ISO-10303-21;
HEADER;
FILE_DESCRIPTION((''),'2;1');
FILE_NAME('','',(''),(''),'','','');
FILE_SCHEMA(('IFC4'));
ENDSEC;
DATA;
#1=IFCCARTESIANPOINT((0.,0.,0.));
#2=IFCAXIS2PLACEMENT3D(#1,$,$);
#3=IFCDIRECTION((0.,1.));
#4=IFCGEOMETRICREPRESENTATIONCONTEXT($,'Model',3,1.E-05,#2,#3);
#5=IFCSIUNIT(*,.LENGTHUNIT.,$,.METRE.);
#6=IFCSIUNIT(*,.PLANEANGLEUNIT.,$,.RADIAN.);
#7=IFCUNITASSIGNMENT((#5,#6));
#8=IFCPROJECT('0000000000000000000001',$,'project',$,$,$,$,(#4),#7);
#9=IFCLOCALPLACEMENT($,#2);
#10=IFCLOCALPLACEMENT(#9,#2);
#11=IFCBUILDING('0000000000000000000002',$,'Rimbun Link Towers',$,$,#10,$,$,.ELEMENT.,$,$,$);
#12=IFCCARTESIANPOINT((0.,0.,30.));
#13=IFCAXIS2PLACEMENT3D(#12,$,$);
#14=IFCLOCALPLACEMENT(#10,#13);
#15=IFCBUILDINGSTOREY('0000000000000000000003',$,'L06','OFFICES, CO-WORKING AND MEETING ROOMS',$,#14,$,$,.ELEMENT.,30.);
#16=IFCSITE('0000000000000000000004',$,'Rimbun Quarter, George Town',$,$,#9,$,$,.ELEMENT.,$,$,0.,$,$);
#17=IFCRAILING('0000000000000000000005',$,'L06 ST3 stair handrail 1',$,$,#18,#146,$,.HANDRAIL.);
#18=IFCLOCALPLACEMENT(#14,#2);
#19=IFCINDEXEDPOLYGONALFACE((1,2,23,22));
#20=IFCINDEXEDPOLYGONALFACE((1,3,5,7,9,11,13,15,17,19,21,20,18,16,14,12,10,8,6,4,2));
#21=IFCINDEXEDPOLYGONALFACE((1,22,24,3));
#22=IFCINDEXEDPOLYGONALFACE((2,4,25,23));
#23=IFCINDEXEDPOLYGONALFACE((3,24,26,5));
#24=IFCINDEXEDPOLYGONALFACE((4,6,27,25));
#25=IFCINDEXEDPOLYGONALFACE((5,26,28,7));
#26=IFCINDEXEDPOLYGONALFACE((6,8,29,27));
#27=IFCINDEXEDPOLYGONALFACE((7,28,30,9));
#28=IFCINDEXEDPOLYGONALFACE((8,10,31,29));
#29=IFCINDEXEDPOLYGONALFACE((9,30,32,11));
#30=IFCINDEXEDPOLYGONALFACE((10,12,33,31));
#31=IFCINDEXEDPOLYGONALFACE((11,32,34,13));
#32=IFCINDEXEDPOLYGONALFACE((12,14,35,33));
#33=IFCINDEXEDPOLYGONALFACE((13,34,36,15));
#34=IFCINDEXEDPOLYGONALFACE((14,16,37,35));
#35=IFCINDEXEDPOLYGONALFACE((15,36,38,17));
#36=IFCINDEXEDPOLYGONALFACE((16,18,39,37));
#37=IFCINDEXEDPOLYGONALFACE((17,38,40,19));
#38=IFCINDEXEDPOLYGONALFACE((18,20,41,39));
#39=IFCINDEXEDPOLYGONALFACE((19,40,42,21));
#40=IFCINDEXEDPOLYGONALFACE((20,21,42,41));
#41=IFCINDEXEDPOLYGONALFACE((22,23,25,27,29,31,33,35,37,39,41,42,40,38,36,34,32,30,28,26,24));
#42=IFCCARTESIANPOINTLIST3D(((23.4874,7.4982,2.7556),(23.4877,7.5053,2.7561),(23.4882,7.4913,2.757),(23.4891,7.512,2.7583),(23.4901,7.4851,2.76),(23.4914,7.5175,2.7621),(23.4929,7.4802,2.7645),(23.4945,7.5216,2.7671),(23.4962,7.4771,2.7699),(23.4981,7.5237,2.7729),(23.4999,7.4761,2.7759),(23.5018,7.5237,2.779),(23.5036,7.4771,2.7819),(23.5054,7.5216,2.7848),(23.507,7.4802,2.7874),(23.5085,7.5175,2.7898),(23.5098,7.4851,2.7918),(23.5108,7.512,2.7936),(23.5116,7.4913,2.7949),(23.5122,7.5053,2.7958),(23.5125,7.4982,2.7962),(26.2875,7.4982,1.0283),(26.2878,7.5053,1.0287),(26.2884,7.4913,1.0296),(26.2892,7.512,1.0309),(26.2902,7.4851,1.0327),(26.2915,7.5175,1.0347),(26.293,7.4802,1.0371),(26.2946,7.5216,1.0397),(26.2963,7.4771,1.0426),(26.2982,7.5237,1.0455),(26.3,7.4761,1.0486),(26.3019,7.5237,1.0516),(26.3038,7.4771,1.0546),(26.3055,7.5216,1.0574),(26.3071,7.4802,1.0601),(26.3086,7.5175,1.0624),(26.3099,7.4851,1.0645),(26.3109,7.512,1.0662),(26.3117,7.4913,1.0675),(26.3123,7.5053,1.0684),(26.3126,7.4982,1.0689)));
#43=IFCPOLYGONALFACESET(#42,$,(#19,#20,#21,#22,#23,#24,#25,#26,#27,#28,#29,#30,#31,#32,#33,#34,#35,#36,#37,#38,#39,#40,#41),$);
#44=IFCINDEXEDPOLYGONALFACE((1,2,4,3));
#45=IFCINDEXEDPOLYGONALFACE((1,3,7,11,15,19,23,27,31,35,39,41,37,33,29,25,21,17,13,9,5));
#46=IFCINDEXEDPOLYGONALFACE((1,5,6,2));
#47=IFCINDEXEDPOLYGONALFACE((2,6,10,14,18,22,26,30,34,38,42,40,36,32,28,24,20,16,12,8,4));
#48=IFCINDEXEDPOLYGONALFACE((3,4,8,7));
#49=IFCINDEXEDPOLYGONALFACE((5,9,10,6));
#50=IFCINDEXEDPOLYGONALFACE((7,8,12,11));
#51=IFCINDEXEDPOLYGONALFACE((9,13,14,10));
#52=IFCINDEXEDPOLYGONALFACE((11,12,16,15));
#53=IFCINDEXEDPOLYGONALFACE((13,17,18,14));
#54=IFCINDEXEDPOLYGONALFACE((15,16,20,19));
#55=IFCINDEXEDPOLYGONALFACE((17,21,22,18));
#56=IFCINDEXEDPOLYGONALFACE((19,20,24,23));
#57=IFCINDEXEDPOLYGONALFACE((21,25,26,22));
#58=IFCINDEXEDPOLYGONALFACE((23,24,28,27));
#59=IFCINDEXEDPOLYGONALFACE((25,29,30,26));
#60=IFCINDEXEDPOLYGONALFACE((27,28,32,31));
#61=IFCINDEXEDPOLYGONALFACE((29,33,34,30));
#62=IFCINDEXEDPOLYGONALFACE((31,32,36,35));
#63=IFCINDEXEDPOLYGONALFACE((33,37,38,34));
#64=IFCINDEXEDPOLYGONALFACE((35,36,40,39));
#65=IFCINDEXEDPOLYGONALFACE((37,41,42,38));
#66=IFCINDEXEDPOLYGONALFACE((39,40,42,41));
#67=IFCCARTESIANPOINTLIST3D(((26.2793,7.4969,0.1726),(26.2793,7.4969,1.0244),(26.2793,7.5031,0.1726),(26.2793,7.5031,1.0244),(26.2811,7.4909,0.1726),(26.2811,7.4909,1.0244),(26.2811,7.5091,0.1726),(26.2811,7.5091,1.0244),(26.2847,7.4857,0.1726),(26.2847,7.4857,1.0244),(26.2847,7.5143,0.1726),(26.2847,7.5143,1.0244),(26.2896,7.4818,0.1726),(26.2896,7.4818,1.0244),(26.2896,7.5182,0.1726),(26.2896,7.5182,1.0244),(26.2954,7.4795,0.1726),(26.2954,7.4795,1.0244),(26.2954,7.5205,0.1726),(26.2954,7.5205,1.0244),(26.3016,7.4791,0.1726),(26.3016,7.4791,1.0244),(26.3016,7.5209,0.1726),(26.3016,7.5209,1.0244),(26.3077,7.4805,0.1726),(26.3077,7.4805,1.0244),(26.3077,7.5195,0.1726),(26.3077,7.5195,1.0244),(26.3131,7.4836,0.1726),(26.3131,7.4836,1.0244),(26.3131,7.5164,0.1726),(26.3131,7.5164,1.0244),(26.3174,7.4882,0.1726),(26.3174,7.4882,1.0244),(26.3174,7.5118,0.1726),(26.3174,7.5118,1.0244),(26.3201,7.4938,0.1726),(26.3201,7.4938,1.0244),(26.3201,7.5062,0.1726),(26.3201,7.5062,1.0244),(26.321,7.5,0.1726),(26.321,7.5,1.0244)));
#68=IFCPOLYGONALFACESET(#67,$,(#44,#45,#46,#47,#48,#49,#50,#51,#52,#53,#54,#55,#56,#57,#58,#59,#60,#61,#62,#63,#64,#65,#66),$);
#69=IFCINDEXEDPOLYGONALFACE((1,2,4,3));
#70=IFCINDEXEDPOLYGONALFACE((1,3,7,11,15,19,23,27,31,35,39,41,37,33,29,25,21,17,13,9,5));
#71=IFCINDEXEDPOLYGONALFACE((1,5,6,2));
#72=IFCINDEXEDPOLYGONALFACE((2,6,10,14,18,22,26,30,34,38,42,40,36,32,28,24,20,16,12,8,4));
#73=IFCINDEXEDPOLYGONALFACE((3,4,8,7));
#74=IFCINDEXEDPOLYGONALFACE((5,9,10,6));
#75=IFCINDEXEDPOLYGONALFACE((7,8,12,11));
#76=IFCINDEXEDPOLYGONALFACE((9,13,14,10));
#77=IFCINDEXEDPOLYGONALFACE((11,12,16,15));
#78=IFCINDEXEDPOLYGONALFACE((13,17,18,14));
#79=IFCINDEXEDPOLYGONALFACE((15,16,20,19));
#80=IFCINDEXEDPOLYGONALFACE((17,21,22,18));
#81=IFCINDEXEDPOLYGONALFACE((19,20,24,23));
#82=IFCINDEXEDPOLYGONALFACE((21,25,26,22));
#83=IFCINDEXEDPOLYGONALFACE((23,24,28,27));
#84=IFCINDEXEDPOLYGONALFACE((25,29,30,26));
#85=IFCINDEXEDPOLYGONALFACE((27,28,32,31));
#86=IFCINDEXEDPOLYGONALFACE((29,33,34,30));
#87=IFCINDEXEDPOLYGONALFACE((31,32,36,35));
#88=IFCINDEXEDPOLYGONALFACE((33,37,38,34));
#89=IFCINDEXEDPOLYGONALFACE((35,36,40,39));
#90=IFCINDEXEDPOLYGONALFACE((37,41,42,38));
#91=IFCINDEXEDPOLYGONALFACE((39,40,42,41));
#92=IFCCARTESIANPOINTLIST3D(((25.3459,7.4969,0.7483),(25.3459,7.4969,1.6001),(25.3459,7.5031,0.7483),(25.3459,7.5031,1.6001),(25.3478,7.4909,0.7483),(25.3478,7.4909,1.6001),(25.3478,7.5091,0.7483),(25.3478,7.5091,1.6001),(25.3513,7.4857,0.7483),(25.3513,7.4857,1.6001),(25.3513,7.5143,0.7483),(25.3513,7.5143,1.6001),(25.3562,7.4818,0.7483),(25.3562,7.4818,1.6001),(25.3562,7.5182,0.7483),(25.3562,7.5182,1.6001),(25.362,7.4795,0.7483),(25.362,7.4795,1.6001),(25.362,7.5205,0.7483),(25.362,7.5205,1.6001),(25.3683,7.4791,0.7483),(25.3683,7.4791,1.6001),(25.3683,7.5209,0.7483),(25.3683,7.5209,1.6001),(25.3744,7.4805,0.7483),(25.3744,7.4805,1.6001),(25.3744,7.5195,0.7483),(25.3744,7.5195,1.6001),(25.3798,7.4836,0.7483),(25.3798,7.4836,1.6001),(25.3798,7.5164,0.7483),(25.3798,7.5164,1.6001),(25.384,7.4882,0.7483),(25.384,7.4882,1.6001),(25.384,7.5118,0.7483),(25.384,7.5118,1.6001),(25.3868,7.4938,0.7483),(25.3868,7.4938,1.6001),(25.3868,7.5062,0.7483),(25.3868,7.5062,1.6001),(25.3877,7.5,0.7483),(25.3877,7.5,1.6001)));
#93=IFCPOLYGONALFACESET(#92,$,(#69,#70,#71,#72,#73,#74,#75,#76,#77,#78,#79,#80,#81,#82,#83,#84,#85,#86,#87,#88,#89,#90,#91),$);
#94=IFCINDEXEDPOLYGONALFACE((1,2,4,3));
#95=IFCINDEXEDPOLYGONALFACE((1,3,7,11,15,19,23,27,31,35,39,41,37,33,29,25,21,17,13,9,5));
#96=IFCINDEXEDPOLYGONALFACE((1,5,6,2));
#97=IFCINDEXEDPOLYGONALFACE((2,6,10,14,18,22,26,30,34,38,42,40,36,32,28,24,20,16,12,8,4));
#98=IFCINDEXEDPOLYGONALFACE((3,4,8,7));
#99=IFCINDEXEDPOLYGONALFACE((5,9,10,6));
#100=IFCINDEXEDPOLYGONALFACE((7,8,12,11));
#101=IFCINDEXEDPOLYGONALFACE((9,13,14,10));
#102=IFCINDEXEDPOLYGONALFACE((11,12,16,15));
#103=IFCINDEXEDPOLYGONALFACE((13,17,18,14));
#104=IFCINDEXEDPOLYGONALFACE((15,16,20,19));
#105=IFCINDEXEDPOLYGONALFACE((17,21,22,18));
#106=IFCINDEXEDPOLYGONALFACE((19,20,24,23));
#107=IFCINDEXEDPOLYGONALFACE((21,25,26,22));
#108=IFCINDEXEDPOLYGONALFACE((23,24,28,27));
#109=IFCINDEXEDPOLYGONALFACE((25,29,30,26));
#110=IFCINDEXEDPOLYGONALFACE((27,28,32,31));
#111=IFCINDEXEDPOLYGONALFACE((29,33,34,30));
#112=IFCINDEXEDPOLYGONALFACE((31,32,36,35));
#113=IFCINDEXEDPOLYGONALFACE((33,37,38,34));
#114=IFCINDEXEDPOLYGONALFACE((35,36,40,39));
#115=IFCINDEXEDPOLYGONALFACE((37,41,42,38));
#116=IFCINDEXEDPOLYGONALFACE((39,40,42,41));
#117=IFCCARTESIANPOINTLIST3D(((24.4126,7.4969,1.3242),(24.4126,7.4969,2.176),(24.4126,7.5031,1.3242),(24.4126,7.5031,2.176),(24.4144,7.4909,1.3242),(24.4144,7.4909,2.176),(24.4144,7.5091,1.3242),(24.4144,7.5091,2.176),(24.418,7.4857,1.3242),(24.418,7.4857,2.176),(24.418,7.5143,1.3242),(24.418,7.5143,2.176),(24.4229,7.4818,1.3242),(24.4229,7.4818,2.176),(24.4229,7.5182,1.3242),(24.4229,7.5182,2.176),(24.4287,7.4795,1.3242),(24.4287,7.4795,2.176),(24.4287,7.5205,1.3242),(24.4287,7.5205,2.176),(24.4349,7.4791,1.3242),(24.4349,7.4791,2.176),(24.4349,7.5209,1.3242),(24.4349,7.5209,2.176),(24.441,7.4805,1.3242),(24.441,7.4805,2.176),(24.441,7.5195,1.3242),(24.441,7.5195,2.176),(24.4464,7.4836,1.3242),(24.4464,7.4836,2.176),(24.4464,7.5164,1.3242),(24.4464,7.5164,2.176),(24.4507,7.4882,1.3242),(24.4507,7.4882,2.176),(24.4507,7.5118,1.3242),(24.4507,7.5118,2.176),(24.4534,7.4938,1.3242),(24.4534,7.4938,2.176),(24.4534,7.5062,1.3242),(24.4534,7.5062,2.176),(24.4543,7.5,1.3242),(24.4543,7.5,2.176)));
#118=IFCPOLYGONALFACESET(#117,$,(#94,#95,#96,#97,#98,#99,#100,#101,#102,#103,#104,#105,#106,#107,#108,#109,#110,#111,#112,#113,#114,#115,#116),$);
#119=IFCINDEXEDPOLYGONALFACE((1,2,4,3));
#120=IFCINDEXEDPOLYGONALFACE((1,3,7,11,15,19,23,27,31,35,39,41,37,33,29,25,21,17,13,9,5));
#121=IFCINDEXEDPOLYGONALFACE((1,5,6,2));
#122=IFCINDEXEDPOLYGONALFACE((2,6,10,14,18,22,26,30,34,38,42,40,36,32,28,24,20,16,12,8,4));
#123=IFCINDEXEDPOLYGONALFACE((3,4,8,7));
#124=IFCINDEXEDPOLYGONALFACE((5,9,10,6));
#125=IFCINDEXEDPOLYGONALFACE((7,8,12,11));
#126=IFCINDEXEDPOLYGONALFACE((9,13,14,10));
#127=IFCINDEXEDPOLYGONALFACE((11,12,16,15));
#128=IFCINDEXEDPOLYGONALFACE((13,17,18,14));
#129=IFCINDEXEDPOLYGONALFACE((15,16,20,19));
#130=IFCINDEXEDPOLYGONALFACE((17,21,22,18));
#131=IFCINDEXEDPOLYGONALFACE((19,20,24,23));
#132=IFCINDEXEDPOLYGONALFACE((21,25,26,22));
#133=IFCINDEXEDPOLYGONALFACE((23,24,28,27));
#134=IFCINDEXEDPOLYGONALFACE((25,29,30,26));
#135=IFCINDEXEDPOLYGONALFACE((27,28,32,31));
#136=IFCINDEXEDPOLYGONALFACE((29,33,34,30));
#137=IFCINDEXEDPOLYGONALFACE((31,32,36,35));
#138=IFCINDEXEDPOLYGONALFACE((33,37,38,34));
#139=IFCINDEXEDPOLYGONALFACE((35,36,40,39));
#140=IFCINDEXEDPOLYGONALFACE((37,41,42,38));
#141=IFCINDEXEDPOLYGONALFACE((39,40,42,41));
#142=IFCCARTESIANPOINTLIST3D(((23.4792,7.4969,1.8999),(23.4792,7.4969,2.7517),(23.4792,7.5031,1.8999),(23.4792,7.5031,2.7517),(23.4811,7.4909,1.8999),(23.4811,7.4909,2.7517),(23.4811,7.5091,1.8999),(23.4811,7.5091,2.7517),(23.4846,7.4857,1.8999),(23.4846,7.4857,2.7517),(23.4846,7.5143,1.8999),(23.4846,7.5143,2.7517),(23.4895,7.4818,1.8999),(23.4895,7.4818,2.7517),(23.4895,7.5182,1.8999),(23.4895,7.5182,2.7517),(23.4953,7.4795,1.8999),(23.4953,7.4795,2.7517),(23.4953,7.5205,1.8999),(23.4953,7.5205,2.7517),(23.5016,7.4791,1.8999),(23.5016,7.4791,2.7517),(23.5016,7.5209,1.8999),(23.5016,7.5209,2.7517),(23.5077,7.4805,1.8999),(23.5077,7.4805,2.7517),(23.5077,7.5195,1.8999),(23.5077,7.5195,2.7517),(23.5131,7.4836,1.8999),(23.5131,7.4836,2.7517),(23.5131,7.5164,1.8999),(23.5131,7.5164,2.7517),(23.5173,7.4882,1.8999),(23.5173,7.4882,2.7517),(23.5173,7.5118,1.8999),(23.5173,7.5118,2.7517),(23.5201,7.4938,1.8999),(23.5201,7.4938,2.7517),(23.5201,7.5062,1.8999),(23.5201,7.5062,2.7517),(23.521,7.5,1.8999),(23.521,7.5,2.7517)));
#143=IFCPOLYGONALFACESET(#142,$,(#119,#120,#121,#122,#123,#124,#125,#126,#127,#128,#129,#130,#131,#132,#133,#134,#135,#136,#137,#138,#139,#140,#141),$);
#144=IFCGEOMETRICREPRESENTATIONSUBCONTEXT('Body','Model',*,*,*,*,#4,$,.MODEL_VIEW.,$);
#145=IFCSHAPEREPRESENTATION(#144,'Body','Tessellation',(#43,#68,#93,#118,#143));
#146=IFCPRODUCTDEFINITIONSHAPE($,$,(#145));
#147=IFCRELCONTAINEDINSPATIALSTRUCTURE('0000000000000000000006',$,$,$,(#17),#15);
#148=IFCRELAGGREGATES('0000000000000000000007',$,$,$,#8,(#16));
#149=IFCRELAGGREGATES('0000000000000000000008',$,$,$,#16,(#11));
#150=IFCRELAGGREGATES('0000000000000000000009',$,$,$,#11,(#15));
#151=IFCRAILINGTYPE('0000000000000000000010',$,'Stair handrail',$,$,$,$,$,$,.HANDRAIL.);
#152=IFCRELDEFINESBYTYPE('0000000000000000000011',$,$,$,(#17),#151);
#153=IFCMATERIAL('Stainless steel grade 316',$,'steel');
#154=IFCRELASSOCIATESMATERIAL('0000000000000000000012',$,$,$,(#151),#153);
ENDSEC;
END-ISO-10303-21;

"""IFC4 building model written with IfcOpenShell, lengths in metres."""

from ifc_helpers import new_model, si_unit, direction, frame, origin, origin_2d, place, context, subcontext, project, spatial, circle, extrude, material, type_object, element, save


model = new_model("IFC4")

# Units and contexts
model_context = context("Model", 3, precision=1e-05, world=origin(), true_north=direction((0.0, 1.0)))
body_context = subcontext(model_context, "Body", "Model", "MODEL_VIEW")
ifc_project = project(units=[si_unit("LENGTHUNIT", "METRE"), si_unit("PLANEANGLEUNIT", "RADIAN")], contexts=[model_context])

# Site, building, storey
site_placement = place(None, origin())
site = spatial("IfcSite", under=ifc_project, at=site_placement, Name="Rimbun Quarter, George Town", CompositionType="ELEMENT", RefElevation=0.0)
building_placement = place(site_placement, origin())
building = spatial("IfcBuilding", under=site, at=building_placement, Name="Rimbun Link Towers", CompositionType="ELEMENT")
storey_placement = place(building_placement, frame((0.0, 0.0, 30.0)))
storey = spatial("IfcBuildingStorey", under=building, at=storey_placement, Name="L06", Description="OFFICES, CO-WORKING AND MEETING ROOMS", CompositionType="ELEMENT", Elevation=30.0)

# Railing
ifc_material_1 = material(Name="Stainless steel grade 316", Category="steel")
railing_type_1 = type_object("IfcRailingType", Name="Stair handrail", PredefinedType="HANDRAIL", material=ifc_material_1)
railing_1_placement = place(storey_placement, frame((26.3, 7.5, 0.1726)))
element("IfcRailing", 1, at=railing_1_placement, inside=storey, type_object=railing_type_1, Name="L06 ST3 stair handrail 1", PredefinedType="HANDRAIL", context=body_context, shape_type="SweptSolid", body=[
    extrude(circle(Radius=0.0239, at=origin_2d()), frame((0.0, 0.0, 0.876), z_axis=(-0.85109, 0.0, 0.52502), x_axis=(0.0, -1.0, 0.0)), (0.0, 0.0, 1.0), 3.29),
    extrude(circle(Radius=0.021, at=origin_2d()), origin(), (0.0, 0.0, 1.0), 0.8518),
    extrude(circle(Radius=0.021, at=origin_2d()), frame((-0.9333, 0.0, 0.5757)), (0.0, 0.0, 1.0), 0.8518),
    extrude(circle(Radius=0.021, at=origin_2d()), frame((-1.8667, 0.0, 1.1516)), (0.0, 0.0, 1.0), 0.8518),
    extrude(circle(Radius=0.021, at=origin_2d()), frame((-2.8, 0.0, 1.7273)), (0.0, 0.0, 1.0), 0.8518),
])

save(model, "model.ifc")
